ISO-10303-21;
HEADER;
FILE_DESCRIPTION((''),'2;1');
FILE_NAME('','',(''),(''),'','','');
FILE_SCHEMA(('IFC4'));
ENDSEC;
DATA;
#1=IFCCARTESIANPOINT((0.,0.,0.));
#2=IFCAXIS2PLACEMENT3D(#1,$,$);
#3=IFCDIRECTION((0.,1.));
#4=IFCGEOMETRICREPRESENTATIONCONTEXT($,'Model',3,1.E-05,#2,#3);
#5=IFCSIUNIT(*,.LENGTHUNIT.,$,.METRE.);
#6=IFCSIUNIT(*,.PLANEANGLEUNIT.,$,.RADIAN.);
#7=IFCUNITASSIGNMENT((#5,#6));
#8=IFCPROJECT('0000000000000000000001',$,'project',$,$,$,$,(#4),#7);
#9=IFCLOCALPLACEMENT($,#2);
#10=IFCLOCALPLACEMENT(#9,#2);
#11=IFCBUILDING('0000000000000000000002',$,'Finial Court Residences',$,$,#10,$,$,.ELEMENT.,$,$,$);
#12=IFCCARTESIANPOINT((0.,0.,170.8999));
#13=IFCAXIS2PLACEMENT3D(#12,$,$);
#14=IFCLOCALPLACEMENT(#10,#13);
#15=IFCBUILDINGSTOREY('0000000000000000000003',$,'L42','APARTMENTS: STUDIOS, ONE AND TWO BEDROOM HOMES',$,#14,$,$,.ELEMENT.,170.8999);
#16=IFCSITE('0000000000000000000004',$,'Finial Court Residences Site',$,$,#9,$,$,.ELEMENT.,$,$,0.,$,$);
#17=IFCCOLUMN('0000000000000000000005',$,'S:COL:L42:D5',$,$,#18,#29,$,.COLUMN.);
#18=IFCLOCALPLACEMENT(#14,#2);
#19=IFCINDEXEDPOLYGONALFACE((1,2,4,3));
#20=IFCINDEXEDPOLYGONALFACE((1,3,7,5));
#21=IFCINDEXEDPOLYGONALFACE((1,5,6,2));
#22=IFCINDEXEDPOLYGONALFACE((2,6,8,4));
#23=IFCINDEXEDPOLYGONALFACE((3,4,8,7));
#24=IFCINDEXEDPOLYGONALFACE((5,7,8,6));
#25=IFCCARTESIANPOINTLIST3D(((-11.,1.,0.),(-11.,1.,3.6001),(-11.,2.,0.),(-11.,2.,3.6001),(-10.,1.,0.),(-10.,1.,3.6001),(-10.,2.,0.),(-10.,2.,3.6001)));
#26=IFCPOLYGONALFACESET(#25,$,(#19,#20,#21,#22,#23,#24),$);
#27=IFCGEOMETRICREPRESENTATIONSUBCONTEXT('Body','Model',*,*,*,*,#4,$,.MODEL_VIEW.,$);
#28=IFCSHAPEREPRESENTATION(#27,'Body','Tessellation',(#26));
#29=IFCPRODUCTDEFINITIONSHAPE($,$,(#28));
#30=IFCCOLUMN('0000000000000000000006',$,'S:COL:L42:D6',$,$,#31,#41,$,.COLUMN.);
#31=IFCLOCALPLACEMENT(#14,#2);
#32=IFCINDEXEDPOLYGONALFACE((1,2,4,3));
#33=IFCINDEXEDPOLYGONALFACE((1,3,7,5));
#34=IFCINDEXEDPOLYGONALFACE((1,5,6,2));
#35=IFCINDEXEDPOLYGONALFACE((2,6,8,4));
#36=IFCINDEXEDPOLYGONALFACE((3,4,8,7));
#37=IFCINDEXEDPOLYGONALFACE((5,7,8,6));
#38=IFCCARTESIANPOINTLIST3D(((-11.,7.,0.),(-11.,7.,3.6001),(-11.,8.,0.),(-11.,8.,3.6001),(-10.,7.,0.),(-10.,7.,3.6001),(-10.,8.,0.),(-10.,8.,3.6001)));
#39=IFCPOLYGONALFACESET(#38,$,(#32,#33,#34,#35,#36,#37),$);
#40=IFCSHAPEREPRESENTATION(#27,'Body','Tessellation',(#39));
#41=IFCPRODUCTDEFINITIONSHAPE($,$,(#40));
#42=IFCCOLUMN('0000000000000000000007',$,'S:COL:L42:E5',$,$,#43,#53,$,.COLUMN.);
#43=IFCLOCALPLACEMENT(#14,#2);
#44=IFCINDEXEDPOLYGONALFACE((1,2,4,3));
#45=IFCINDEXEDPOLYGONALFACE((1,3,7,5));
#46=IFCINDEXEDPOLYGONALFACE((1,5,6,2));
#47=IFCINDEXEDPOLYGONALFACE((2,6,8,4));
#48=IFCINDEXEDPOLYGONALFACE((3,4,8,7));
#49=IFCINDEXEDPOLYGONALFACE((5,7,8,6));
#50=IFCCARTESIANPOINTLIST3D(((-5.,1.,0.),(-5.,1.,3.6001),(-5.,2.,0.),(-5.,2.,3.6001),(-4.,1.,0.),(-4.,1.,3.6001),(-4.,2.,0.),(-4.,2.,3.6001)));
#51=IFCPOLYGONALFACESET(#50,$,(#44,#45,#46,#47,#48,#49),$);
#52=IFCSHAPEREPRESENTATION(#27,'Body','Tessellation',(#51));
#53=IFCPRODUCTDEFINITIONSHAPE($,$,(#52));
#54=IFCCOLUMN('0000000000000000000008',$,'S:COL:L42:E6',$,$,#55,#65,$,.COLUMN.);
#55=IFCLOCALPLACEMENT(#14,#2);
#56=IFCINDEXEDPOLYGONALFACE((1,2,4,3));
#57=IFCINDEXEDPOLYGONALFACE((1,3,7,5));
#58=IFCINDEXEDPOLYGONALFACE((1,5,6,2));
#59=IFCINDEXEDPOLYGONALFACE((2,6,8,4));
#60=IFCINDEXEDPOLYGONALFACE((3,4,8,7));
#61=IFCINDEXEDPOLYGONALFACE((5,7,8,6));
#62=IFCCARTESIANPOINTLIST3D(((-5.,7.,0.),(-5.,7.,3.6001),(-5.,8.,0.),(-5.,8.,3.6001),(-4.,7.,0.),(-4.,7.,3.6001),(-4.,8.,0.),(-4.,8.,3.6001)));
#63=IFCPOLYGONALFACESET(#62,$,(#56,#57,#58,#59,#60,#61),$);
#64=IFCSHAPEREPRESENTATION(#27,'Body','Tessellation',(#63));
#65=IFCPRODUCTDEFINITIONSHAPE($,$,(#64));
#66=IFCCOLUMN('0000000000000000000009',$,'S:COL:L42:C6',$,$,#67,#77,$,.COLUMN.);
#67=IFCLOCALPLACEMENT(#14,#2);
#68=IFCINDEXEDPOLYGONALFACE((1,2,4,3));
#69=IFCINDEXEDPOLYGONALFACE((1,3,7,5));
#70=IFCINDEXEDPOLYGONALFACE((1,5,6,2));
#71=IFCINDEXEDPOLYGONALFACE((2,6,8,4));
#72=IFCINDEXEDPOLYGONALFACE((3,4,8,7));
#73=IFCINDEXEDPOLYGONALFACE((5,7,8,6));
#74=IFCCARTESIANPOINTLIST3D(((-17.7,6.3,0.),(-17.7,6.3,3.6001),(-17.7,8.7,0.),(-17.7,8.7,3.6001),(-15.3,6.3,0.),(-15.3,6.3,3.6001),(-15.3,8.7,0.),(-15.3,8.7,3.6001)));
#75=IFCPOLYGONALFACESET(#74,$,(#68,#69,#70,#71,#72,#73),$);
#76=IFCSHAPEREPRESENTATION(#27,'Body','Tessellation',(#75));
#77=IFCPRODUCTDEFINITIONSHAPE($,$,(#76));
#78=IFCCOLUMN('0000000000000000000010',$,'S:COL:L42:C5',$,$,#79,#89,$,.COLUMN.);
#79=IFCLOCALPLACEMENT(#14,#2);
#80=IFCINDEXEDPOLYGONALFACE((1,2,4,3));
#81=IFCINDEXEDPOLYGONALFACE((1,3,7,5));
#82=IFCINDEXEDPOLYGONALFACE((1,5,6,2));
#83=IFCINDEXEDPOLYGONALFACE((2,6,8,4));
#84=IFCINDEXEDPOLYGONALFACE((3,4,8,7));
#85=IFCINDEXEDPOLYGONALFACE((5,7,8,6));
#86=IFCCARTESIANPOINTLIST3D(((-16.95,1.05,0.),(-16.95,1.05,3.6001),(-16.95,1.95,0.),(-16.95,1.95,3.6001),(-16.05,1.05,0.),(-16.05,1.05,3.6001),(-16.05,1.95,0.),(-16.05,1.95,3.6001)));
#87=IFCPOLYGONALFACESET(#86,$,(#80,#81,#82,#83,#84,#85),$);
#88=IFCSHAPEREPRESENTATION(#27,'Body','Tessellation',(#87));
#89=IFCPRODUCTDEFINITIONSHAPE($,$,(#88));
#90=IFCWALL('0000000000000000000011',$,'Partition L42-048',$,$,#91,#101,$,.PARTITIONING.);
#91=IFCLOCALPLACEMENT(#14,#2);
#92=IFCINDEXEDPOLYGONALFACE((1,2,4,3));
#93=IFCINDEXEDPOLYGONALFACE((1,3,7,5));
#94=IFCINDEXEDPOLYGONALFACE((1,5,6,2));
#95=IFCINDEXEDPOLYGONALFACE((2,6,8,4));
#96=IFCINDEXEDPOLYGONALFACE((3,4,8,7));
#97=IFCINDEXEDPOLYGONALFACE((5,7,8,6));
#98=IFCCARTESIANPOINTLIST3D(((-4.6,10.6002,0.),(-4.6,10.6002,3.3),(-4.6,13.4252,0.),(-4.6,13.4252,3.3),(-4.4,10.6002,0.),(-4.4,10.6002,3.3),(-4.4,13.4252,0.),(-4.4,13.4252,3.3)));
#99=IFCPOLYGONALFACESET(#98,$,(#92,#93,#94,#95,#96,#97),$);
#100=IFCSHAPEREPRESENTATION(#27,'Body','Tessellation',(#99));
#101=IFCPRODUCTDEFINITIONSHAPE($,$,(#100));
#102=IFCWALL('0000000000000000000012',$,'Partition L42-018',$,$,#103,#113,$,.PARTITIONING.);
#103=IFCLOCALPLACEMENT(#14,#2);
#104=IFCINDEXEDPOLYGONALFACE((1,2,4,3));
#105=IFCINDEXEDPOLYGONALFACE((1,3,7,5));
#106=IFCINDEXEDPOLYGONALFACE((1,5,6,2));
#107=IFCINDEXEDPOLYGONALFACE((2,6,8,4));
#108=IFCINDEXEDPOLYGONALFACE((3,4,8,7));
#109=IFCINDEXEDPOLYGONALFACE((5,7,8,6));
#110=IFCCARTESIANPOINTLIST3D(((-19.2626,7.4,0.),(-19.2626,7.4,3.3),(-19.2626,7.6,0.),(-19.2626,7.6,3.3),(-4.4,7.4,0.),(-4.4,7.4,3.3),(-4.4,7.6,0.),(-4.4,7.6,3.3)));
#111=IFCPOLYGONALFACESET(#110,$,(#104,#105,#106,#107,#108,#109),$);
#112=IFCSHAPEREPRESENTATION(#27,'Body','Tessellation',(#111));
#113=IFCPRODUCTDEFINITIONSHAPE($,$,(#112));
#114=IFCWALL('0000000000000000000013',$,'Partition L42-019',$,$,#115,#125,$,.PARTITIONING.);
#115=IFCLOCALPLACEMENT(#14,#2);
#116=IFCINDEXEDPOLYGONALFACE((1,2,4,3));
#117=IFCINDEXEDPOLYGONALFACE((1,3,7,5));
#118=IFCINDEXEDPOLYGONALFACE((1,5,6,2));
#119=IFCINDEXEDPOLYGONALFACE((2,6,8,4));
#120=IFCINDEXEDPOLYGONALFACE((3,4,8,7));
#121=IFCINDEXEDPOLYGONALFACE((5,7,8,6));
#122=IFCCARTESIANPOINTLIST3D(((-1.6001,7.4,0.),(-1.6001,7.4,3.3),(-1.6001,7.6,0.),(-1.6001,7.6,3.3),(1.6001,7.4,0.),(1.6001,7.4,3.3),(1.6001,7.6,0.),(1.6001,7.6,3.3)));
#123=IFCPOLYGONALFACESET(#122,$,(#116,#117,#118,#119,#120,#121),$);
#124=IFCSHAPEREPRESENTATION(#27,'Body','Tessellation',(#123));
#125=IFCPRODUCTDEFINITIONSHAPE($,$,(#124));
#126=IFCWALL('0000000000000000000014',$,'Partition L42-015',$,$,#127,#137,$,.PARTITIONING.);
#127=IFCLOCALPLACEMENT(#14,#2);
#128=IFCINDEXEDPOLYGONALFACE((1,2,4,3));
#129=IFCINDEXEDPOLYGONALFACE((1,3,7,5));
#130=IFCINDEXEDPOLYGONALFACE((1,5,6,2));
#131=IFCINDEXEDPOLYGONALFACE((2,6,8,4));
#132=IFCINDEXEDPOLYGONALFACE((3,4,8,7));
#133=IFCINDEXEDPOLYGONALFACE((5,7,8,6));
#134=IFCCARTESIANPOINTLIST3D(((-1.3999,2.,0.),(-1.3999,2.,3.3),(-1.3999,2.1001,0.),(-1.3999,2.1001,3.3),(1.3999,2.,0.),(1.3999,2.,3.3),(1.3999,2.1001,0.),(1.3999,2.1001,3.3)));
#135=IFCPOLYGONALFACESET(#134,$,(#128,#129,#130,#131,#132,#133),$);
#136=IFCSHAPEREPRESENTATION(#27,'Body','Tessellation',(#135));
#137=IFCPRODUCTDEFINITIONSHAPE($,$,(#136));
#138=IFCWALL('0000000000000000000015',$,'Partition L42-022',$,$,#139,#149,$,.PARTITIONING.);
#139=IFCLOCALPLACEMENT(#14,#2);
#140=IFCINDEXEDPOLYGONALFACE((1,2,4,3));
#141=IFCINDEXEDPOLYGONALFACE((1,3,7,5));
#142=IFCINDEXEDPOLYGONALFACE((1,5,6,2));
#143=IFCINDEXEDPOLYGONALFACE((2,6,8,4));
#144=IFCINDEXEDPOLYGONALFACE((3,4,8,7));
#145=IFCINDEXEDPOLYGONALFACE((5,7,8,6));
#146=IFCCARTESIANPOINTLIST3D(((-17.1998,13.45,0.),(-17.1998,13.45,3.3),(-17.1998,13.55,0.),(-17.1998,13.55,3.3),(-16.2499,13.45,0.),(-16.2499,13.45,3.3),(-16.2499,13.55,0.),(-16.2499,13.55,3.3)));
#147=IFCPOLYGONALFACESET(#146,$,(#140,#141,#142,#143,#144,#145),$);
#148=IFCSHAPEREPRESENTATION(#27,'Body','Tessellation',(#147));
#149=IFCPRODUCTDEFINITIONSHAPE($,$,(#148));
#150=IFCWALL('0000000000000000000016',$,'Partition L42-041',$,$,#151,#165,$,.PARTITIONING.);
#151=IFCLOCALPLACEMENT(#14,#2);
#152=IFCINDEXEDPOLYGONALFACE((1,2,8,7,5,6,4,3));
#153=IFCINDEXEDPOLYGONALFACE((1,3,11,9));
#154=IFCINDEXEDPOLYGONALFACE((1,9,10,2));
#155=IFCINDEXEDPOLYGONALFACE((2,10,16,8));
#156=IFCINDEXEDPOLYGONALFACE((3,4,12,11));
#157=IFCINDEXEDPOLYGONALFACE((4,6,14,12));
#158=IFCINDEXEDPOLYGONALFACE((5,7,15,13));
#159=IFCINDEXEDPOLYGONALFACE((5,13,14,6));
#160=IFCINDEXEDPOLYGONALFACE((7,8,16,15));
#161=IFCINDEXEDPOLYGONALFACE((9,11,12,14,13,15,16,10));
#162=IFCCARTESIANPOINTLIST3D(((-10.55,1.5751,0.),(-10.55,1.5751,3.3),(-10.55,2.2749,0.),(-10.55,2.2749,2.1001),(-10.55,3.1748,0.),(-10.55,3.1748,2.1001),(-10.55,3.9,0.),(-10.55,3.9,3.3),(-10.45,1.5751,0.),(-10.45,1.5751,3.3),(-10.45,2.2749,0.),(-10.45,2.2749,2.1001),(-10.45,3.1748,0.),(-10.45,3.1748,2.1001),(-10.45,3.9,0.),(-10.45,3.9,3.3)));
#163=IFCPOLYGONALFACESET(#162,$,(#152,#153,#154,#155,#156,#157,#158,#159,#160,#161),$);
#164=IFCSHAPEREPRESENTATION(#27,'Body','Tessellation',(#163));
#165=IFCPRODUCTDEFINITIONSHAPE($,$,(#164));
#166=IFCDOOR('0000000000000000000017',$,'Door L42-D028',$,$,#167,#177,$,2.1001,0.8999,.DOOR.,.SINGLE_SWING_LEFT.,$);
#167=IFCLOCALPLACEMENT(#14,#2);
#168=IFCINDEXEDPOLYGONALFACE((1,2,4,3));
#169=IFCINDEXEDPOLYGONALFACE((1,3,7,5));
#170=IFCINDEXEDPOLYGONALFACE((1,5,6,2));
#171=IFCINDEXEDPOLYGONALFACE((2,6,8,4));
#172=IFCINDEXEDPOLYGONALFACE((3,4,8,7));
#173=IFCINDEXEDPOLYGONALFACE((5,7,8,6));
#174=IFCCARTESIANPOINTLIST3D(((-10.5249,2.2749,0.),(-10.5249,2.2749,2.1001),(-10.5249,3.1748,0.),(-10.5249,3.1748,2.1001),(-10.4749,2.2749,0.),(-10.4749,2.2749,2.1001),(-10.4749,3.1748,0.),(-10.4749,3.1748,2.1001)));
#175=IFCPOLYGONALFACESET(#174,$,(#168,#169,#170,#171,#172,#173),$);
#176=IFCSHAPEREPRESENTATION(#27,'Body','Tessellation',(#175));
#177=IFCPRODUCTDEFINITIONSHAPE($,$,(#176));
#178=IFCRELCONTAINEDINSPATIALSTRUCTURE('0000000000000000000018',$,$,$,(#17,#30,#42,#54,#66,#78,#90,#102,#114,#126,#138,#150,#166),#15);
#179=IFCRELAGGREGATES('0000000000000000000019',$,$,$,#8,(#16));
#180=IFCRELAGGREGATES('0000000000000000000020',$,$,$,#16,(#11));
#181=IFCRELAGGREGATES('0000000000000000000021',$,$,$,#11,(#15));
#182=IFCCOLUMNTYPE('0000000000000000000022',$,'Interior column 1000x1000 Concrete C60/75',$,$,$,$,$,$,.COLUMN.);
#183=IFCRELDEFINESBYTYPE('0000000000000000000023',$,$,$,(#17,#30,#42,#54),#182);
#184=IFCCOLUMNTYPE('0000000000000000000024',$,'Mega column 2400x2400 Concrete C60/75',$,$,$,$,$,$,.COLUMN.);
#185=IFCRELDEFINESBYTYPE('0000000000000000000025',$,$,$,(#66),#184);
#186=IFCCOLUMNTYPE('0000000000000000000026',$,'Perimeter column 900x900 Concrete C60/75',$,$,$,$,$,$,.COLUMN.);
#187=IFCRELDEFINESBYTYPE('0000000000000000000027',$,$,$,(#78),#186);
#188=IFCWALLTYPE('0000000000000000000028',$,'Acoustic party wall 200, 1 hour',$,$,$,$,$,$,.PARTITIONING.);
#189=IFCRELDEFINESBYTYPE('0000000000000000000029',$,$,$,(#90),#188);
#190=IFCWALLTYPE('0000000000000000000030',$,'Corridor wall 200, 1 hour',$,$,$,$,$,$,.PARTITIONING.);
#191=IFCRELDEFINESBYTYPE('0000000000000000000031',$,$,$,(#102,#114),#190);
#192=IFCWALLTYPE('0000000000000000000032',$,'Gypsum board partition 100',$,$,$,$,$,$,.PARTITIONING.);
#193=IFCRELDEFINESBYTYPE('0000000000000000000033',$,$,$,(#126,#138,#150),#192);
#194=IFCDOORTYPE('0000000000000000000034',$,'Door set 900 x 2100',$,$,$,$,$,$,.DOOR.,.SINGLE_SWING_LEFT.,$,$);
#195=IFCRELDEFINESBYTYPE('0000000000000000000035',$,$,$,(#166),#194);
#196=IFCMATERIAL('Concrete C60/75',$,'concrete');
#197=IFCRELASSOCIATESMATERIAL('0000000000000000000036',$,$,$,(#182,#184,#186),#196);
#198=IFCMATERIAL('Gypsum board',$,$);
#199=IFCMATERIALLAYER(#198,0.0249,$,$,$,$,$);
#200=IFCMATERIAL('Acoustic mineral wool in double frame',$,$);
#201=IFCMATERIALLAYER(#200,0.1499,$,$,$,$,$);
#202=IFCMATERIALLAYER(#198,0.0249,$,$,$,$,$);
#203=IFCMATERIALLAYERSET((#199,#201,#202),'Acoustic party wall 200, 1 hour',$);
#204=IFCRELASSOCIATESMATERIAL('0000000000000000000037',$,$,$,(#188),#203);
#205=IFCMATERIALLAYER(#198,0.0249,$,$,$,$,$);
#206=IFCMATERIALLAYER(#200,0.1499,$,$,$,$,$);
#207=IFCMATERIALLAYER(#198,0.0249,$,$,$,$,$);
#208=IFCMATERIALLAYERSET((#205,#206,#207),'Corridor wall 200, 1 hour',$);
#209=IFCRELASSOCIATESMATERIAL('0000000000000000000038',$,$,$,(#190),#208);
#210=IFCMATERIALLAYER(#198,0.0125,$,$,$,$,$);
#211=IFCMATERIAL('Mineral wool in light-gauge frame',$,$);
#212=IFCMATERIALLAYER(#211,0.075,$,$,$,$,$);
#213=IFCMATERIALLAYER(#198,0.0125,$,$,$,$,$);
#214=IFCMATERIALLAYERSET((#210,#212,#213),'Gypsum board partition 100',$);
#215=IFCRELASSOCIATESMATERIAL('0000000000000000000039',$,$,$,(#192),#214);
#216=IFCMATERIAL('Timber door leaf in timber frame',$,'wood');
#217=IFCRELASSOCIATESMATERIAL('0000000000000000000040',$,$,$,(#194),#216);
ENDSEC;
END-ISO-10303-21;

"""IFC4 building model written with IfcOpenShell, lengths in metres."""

from ifc_helpers import new_model, si_unit, direction, frame, frame_2d, origin, origin_2d, place, context, subcontext, project, spatial, rectangle, extrude, material, layer, layer_set, material_profile, profile_set, type_object, element, fill, save


model = new_model("IFC4")

# Units and contexts
model_context = context("Model", 3, precision=1e-05, world=origin(), true_north=direction((0.0, 1.0)))
body_context = subcontext(model_context, "Body", "Model", "MODEL_VIEW")
ifc_project = project(units=[si_unit("LENGTHUNIT", "METRE"), si_unit("PLANEANGLEUNIT", "RADIAN")], contexts=[model_context])

# Site, building, storey
site_placement = place(None, origin())
site = spatial("IfcSite", under=ifc_project, at=site_placement, Name="Finial Court Residences Site", CompositionType="ELEMENT", RefElevation=0.0)
building_placement = place(site_placement, origin())
building = spatial("IfcBuilding", under=site, at=building_placement, Name="Finial Court Residences", CompositionType="ELEMENT")
storey_placement = place(building_placement, frame((0.0, 0.0, 170.8999)))
storey = spatial("IfcBuildingStorey", under=building, at=storey_placement, Name="L42", Description="APARTMENTS: STUDIOS, ONE AND TWO BEDROOM HOMES", CompositionType="ELEMENT", Elevation=170.8999)

# Columns
ifc_material_1 = material(Name="Concrete C60/75", Category="concrete")
ifc_material_profile_1 = material_profile(ifc_material_1, rectangle(XDim=1.0, YDim=1.0, at=origin_2d()), Name="1000x1000")
ifc_profile_set_1 = profile_set([ifc_material_profile_1], Name="Concrete C60/75")
column_type_1 = type_object("IfcColumnType", Name="Interior column 1000x1000 Concrete C60/75", PredefinedType="COLUMN", material=ifc_profile_set_1)
for number, where, z_axis, x_axis, name in (
    (1, (-10.5, 1.5, 0.0), (0.0, 0.0, 1.0), (1.0, 0.0, 0.0), "S:COL:L42:D5"),
    (2, (-10.5, 7.5, 0.0), (0.0, 0.0, 1.0), (1.0, 0.0, 0.0), "S:COL:L42:D6"),
    (3, (-4.5, 1.5, 0.0), (0.0, 0.0, 1.0), (1.0, 0.0, 0.0), "S:COL:L42:E5"),
    (4, (-4.5, 7.5, 0.0), (0.0, 0.0, 1.0), (1.0, 0.0, 0.0), "S:COL:L42:E6"),
):
    element("IfcColumn", number, at=place(storey_placement, frame(where, z_axis=z_axis, x_axis=x_axis)), inside=storey, type_object=column_type_1, Name=name, PredefinedType="COLUMN", context=body_context, shape_type="SweptSolid", body=[
        extrude(rectangle(XDim=1.0, YDim=1.0, at=origin_2d()), origin(), (0.0, 0.0, 1.0), 3.6001),
    ])
ifc_material_profile_2 = material_profile(ifc_material_1, rectangle(XDim=2.3999, YDim=2.3999, at=origin_2d()), Name="2400x2400")
ifc_profile_set_2 = profile_set([ifc_material_profile_2], Name="Concrete C60/75")
column_type_2 = type_object("IfcColumnType", Name="Mega column 2400x2400 Concrete C60/75", PredefinedType="COLUMN", material=ifc_profile_set_2)
column_1_placement = place(storey_placement, frame((-16.5, 7.5, 0.0), z_axis=(0.0, 0.0, 1.0), x_axis=(1.0, 0.0, 0.0)))
element("IfcColumn", 5, at=column_1_placement, inside=storey, type_object=column_type_2, Name="S:COL:L42:C6", PredefinedType="COLUMN", context=body_context, shape_type="SweptSolid", body=[
    extrude(rectangle(XDim=2.3999, YDim=2.3999, at=origin_2d()), origin(), (0.0, 0.0, 1.0), 3.6001),
])
ifc_material_profile_3 = material_profile(ifc_material_1, rectangle(XDim=0.8999, YDim=0.8999, at=origin_2d()), Name="900x900")
ifc_profile_set_3 = profile_set([ifc_material_profile_3], Name="Concrete C60/75")
column_type_3 = type_object("IfcColumnType", Name="Perimeter column 900x900 Concrete C60/75", PredefinedType="COLUMN", material=ifc_profile_set_3)
column_2_placement = place(storey_placement, frame((-16.5, 1.5, 0.0), z_axis=(0.0, 0.0, 1.0), x_axis=(1.0, 0.0, 0.0)))
element("IfcColumn", 6, at=column_2_placement, inside=storey, type_object=column_type_3, Name="S:COL:L42:C5", PredefinedType="COLUMN", context=body_context, shape_type="SweptSolid", body=[
    extrude(rectangle(XDim=0.8999, YDim=0.8999, at=origin_2d()), origin(), (0.0, 0.0, 1.0), 3.6001),
])

# Walls
ifc_material_2 = material(Name="Gypsum board")
ifc_layer_1 = layer(ifc_material_2, 0.0249)
ifc_material_3 = material(Name="Acoustic mineral wool in double frame")
ifc_layer_2 = layer(ifc_material_3, 0.1499)
ifc_layer_3 = layer(ifc_material_2, 0.0249)
ifc_layer_set_1 = layer_set([ifc_layer_1, ifc_layer_2, ifc_layer_3], Name="Acoustic party wall 200, 1 hour")
wall_type_1 = type_object("IfcWallType", Name="Acoustic party wall 200, 1 hour", PredefinedType="PARTITIONING", material=ifc_layer_set_1)
wall_1_placement = place(storey_placement, frame((-4.5, 10.6001, 0.0), z_axis=(0.0, 0.0, 1.0), x_axis=(0.0, 1.0, 0.0)))
element("IfcWall", 7, at=wall_1_placement, inside=storey, type_object=wall_type_1, Name="Partition L42-048", PredefinedType="PARTITIONING", context=body_context, shape_type="SweptSolid", body=[
    extrude(rectangle(XDim=2.825, YDim=0.2, at=frame_2d((1.4126, 0.0))), origin(), (0.0, 0.0, 1.0), 3.3),
])
ifc_layer_4 = layer(ifc_material_2, 0.0249)
ifc_layer_5 = layer(ifc_material_3, 0.1499)
ifc_layer_6 = layer(ifc_material_2, 0.0249)
ifc_layer_set_2 = layer_set([ifc_layer_4, ifc_layer_5, ifc_layer_6], Name="Corridor wall 200, 1 hour")
wall_type_2 = type_object("IfcWallType", Name="Corridor wall 200, 1 hour", PredefinedType="PARTITIONING", material=ifc_layer_set_2)
wall_2_placement = place(storey_placement, frame((-19.2625, 7.5, 0.0), z_axis=(0.0, 0.0, 1.0), x_axis=(1.0, 0.0, 0.0)))
element("IfcWall", 8, at=wall_2_placement, inside=storey, type_object=wall_type_2, Name="Partition L42-018", PredefinedType="PARTITIONING", context=body_context, shape_type="SweptSolid", body=[
    extrude(rectangle(XDim=14.8625, YDim=0.2, at=frame_2d((7.4312, 0.0))), origin(), (0.0, 0.0, 1.0), 3.3),
])
wall_3_placement = place(storey_placement, frame((-1.6001, 7.5, 0.0), z_axis=(0.0, 0.0, 1.0), x_axis=(1.0, 0.0, 0.0)))
element("IfcWall", 9, at=wall_3_placement, inside=storey, type_object=wall_type_2, Name="Partition L42-019", PredefinedType="PARTITIONING", context=body_context, shape_type="SweptSolid", body=[
    extrude(rectangle(XDim=3.2002, YDim=0.2, at=frame_2d((1.6001, 0.0))), origin(), (0.0, 0.0, 1.0), 3.3),
])
ifc_layer_7 = layer(ifc_material_2, 0.0125)
ifc_material_4 = material(Name="Mineral wool in light-gauge frame")
ifc_layer_8 = layer(ifc_material_4, 0.075)
ifc_layer_9 = layer(ifc_material_2, 0.0125)
ifc_layer_set_3 = layer_set([ifc_layer_7, ifc_layer_8, ifc_layer_9], Name="Gypsum board partition 100")
wall_type_3 = type_object("IfcWallType", Name="Gypsum board partition 100", PredefinedType="PARTITIONING", material=ifc_layer_set_3)
wall_4_placement = place(storey_placement, frame((-1.3999, 2.05, 0.0), z_axis=(0.0, 0.0, 1.0), x_axis=(1.0, 0.0, 0.0)))
element("IfcWall", 10, at=wall_4_placement, inside=storey, type_object=wall_type_3, Name="Partition L42-015", PredefinedType="PARTITIONING", context=body_context, shape_type="SweptSolid", body=[
    extrude(rectangle(XDim=2.7998, YDim=0.1001, at=frame_2d((1.3999, 0.0))), origin(), (0.0, 0.0, 1.0), 3.3),
])
wall_5_placement = place(storey_placement, frame((-17.2, 13.5, 0.0), z_axis=(0.0, 0.0, 1.0), x_axis=(1.0, 0.0, 0.0)))
element("IfcWall", 11, at=wall_5_placement, inside=storey, type_object=wall_type_3, Name="Partition L42-022", PredefinedType="PARTITIONING", context=body_context, shape_type="SweptSolid", body=[
    extrude(rectangle(XDim=0.95, YDim=0.1001, at=frame_2d((0.4751, 0.0))), origin(), (0.0, 0.0, 1.0), 3.3),
])

# Wall, opening, door
wall_6_placement = place(storey_placement, frame((-10.5, 1.575, 0.0), z_axis=(0.0, 0.0, 1.0), x_axis=(0.0, 1.0, 0.0)))
wall_6 = element("IfcWall", 12, at=wall_6_placement, inside=storey, type_object=wall_type_3, Name="Partition L42-041", PredefinedType="PARTITIONING", context=body_context, shape_type="SweptSolid", body=[
    extrude(rectangle(XDim=2.325, YDim=0.1001, at=frame_2d((1.1626, 0.0))), origin(), (0.0, 0.0, 1.0), 3.3),
])
opening_1_placement = place(wall_6_placement, frame((0.7, 0.0, 0.0)))
opening_1 = element("IfcOpeningElement", 13, at=opening_1_placement, cuts=wall_6, PredefinedType="OPENING", context=body_context, shape_type="SweptSolid", body=[
    extrude(rectangle(XDim=0.8999, YDim=2.1001, at=frame_2d((0.45, 1.05))), frame((0.0, 0.0601, 0.0), z_axis=(0.0, -1.0, 0.0), x_axis=(1.0, 0.0, 0.0)), (0.0, 0.0, 1.0), 0.1201),
])
ifc_material_5 = material(Name="Timber door leaf in timber frame", Category="wood")
door_type = type_object("IfcDoorType", Name="Door set 900 x 2100", OperationType="SINGLE_SWING_LEFT", PredefinedType="DOOR", material=ifc_material_5)
door_1_placement = place(opening_1_placement, origin())
door_1 = element("IfcDoor", 14, at=door_1_placement, inside=storey, type_object=door_type, Name="Door L42-D028", OperationType="SINGLE_SWING_LEFT", OverallHeight=2.1001, OverallWidth=0.8999, PredefinedType="DOOR", context=body_context, shape_type="SweptSolid", body=[
    extrude(rectangle(XDim=0.8999, YDim=2.1001, at=frame_2d((0.45, 1.05))), frame((0.0, 0.0249, 0.0), z_axis=(0.0, -1.0, 0.0), x_axis=(1.0, 0.0, 0.0)), (0.0, 0.0, 1.0), 0.05),
])
fill(opening_1, door_1)

save(model, "model.ifc")
